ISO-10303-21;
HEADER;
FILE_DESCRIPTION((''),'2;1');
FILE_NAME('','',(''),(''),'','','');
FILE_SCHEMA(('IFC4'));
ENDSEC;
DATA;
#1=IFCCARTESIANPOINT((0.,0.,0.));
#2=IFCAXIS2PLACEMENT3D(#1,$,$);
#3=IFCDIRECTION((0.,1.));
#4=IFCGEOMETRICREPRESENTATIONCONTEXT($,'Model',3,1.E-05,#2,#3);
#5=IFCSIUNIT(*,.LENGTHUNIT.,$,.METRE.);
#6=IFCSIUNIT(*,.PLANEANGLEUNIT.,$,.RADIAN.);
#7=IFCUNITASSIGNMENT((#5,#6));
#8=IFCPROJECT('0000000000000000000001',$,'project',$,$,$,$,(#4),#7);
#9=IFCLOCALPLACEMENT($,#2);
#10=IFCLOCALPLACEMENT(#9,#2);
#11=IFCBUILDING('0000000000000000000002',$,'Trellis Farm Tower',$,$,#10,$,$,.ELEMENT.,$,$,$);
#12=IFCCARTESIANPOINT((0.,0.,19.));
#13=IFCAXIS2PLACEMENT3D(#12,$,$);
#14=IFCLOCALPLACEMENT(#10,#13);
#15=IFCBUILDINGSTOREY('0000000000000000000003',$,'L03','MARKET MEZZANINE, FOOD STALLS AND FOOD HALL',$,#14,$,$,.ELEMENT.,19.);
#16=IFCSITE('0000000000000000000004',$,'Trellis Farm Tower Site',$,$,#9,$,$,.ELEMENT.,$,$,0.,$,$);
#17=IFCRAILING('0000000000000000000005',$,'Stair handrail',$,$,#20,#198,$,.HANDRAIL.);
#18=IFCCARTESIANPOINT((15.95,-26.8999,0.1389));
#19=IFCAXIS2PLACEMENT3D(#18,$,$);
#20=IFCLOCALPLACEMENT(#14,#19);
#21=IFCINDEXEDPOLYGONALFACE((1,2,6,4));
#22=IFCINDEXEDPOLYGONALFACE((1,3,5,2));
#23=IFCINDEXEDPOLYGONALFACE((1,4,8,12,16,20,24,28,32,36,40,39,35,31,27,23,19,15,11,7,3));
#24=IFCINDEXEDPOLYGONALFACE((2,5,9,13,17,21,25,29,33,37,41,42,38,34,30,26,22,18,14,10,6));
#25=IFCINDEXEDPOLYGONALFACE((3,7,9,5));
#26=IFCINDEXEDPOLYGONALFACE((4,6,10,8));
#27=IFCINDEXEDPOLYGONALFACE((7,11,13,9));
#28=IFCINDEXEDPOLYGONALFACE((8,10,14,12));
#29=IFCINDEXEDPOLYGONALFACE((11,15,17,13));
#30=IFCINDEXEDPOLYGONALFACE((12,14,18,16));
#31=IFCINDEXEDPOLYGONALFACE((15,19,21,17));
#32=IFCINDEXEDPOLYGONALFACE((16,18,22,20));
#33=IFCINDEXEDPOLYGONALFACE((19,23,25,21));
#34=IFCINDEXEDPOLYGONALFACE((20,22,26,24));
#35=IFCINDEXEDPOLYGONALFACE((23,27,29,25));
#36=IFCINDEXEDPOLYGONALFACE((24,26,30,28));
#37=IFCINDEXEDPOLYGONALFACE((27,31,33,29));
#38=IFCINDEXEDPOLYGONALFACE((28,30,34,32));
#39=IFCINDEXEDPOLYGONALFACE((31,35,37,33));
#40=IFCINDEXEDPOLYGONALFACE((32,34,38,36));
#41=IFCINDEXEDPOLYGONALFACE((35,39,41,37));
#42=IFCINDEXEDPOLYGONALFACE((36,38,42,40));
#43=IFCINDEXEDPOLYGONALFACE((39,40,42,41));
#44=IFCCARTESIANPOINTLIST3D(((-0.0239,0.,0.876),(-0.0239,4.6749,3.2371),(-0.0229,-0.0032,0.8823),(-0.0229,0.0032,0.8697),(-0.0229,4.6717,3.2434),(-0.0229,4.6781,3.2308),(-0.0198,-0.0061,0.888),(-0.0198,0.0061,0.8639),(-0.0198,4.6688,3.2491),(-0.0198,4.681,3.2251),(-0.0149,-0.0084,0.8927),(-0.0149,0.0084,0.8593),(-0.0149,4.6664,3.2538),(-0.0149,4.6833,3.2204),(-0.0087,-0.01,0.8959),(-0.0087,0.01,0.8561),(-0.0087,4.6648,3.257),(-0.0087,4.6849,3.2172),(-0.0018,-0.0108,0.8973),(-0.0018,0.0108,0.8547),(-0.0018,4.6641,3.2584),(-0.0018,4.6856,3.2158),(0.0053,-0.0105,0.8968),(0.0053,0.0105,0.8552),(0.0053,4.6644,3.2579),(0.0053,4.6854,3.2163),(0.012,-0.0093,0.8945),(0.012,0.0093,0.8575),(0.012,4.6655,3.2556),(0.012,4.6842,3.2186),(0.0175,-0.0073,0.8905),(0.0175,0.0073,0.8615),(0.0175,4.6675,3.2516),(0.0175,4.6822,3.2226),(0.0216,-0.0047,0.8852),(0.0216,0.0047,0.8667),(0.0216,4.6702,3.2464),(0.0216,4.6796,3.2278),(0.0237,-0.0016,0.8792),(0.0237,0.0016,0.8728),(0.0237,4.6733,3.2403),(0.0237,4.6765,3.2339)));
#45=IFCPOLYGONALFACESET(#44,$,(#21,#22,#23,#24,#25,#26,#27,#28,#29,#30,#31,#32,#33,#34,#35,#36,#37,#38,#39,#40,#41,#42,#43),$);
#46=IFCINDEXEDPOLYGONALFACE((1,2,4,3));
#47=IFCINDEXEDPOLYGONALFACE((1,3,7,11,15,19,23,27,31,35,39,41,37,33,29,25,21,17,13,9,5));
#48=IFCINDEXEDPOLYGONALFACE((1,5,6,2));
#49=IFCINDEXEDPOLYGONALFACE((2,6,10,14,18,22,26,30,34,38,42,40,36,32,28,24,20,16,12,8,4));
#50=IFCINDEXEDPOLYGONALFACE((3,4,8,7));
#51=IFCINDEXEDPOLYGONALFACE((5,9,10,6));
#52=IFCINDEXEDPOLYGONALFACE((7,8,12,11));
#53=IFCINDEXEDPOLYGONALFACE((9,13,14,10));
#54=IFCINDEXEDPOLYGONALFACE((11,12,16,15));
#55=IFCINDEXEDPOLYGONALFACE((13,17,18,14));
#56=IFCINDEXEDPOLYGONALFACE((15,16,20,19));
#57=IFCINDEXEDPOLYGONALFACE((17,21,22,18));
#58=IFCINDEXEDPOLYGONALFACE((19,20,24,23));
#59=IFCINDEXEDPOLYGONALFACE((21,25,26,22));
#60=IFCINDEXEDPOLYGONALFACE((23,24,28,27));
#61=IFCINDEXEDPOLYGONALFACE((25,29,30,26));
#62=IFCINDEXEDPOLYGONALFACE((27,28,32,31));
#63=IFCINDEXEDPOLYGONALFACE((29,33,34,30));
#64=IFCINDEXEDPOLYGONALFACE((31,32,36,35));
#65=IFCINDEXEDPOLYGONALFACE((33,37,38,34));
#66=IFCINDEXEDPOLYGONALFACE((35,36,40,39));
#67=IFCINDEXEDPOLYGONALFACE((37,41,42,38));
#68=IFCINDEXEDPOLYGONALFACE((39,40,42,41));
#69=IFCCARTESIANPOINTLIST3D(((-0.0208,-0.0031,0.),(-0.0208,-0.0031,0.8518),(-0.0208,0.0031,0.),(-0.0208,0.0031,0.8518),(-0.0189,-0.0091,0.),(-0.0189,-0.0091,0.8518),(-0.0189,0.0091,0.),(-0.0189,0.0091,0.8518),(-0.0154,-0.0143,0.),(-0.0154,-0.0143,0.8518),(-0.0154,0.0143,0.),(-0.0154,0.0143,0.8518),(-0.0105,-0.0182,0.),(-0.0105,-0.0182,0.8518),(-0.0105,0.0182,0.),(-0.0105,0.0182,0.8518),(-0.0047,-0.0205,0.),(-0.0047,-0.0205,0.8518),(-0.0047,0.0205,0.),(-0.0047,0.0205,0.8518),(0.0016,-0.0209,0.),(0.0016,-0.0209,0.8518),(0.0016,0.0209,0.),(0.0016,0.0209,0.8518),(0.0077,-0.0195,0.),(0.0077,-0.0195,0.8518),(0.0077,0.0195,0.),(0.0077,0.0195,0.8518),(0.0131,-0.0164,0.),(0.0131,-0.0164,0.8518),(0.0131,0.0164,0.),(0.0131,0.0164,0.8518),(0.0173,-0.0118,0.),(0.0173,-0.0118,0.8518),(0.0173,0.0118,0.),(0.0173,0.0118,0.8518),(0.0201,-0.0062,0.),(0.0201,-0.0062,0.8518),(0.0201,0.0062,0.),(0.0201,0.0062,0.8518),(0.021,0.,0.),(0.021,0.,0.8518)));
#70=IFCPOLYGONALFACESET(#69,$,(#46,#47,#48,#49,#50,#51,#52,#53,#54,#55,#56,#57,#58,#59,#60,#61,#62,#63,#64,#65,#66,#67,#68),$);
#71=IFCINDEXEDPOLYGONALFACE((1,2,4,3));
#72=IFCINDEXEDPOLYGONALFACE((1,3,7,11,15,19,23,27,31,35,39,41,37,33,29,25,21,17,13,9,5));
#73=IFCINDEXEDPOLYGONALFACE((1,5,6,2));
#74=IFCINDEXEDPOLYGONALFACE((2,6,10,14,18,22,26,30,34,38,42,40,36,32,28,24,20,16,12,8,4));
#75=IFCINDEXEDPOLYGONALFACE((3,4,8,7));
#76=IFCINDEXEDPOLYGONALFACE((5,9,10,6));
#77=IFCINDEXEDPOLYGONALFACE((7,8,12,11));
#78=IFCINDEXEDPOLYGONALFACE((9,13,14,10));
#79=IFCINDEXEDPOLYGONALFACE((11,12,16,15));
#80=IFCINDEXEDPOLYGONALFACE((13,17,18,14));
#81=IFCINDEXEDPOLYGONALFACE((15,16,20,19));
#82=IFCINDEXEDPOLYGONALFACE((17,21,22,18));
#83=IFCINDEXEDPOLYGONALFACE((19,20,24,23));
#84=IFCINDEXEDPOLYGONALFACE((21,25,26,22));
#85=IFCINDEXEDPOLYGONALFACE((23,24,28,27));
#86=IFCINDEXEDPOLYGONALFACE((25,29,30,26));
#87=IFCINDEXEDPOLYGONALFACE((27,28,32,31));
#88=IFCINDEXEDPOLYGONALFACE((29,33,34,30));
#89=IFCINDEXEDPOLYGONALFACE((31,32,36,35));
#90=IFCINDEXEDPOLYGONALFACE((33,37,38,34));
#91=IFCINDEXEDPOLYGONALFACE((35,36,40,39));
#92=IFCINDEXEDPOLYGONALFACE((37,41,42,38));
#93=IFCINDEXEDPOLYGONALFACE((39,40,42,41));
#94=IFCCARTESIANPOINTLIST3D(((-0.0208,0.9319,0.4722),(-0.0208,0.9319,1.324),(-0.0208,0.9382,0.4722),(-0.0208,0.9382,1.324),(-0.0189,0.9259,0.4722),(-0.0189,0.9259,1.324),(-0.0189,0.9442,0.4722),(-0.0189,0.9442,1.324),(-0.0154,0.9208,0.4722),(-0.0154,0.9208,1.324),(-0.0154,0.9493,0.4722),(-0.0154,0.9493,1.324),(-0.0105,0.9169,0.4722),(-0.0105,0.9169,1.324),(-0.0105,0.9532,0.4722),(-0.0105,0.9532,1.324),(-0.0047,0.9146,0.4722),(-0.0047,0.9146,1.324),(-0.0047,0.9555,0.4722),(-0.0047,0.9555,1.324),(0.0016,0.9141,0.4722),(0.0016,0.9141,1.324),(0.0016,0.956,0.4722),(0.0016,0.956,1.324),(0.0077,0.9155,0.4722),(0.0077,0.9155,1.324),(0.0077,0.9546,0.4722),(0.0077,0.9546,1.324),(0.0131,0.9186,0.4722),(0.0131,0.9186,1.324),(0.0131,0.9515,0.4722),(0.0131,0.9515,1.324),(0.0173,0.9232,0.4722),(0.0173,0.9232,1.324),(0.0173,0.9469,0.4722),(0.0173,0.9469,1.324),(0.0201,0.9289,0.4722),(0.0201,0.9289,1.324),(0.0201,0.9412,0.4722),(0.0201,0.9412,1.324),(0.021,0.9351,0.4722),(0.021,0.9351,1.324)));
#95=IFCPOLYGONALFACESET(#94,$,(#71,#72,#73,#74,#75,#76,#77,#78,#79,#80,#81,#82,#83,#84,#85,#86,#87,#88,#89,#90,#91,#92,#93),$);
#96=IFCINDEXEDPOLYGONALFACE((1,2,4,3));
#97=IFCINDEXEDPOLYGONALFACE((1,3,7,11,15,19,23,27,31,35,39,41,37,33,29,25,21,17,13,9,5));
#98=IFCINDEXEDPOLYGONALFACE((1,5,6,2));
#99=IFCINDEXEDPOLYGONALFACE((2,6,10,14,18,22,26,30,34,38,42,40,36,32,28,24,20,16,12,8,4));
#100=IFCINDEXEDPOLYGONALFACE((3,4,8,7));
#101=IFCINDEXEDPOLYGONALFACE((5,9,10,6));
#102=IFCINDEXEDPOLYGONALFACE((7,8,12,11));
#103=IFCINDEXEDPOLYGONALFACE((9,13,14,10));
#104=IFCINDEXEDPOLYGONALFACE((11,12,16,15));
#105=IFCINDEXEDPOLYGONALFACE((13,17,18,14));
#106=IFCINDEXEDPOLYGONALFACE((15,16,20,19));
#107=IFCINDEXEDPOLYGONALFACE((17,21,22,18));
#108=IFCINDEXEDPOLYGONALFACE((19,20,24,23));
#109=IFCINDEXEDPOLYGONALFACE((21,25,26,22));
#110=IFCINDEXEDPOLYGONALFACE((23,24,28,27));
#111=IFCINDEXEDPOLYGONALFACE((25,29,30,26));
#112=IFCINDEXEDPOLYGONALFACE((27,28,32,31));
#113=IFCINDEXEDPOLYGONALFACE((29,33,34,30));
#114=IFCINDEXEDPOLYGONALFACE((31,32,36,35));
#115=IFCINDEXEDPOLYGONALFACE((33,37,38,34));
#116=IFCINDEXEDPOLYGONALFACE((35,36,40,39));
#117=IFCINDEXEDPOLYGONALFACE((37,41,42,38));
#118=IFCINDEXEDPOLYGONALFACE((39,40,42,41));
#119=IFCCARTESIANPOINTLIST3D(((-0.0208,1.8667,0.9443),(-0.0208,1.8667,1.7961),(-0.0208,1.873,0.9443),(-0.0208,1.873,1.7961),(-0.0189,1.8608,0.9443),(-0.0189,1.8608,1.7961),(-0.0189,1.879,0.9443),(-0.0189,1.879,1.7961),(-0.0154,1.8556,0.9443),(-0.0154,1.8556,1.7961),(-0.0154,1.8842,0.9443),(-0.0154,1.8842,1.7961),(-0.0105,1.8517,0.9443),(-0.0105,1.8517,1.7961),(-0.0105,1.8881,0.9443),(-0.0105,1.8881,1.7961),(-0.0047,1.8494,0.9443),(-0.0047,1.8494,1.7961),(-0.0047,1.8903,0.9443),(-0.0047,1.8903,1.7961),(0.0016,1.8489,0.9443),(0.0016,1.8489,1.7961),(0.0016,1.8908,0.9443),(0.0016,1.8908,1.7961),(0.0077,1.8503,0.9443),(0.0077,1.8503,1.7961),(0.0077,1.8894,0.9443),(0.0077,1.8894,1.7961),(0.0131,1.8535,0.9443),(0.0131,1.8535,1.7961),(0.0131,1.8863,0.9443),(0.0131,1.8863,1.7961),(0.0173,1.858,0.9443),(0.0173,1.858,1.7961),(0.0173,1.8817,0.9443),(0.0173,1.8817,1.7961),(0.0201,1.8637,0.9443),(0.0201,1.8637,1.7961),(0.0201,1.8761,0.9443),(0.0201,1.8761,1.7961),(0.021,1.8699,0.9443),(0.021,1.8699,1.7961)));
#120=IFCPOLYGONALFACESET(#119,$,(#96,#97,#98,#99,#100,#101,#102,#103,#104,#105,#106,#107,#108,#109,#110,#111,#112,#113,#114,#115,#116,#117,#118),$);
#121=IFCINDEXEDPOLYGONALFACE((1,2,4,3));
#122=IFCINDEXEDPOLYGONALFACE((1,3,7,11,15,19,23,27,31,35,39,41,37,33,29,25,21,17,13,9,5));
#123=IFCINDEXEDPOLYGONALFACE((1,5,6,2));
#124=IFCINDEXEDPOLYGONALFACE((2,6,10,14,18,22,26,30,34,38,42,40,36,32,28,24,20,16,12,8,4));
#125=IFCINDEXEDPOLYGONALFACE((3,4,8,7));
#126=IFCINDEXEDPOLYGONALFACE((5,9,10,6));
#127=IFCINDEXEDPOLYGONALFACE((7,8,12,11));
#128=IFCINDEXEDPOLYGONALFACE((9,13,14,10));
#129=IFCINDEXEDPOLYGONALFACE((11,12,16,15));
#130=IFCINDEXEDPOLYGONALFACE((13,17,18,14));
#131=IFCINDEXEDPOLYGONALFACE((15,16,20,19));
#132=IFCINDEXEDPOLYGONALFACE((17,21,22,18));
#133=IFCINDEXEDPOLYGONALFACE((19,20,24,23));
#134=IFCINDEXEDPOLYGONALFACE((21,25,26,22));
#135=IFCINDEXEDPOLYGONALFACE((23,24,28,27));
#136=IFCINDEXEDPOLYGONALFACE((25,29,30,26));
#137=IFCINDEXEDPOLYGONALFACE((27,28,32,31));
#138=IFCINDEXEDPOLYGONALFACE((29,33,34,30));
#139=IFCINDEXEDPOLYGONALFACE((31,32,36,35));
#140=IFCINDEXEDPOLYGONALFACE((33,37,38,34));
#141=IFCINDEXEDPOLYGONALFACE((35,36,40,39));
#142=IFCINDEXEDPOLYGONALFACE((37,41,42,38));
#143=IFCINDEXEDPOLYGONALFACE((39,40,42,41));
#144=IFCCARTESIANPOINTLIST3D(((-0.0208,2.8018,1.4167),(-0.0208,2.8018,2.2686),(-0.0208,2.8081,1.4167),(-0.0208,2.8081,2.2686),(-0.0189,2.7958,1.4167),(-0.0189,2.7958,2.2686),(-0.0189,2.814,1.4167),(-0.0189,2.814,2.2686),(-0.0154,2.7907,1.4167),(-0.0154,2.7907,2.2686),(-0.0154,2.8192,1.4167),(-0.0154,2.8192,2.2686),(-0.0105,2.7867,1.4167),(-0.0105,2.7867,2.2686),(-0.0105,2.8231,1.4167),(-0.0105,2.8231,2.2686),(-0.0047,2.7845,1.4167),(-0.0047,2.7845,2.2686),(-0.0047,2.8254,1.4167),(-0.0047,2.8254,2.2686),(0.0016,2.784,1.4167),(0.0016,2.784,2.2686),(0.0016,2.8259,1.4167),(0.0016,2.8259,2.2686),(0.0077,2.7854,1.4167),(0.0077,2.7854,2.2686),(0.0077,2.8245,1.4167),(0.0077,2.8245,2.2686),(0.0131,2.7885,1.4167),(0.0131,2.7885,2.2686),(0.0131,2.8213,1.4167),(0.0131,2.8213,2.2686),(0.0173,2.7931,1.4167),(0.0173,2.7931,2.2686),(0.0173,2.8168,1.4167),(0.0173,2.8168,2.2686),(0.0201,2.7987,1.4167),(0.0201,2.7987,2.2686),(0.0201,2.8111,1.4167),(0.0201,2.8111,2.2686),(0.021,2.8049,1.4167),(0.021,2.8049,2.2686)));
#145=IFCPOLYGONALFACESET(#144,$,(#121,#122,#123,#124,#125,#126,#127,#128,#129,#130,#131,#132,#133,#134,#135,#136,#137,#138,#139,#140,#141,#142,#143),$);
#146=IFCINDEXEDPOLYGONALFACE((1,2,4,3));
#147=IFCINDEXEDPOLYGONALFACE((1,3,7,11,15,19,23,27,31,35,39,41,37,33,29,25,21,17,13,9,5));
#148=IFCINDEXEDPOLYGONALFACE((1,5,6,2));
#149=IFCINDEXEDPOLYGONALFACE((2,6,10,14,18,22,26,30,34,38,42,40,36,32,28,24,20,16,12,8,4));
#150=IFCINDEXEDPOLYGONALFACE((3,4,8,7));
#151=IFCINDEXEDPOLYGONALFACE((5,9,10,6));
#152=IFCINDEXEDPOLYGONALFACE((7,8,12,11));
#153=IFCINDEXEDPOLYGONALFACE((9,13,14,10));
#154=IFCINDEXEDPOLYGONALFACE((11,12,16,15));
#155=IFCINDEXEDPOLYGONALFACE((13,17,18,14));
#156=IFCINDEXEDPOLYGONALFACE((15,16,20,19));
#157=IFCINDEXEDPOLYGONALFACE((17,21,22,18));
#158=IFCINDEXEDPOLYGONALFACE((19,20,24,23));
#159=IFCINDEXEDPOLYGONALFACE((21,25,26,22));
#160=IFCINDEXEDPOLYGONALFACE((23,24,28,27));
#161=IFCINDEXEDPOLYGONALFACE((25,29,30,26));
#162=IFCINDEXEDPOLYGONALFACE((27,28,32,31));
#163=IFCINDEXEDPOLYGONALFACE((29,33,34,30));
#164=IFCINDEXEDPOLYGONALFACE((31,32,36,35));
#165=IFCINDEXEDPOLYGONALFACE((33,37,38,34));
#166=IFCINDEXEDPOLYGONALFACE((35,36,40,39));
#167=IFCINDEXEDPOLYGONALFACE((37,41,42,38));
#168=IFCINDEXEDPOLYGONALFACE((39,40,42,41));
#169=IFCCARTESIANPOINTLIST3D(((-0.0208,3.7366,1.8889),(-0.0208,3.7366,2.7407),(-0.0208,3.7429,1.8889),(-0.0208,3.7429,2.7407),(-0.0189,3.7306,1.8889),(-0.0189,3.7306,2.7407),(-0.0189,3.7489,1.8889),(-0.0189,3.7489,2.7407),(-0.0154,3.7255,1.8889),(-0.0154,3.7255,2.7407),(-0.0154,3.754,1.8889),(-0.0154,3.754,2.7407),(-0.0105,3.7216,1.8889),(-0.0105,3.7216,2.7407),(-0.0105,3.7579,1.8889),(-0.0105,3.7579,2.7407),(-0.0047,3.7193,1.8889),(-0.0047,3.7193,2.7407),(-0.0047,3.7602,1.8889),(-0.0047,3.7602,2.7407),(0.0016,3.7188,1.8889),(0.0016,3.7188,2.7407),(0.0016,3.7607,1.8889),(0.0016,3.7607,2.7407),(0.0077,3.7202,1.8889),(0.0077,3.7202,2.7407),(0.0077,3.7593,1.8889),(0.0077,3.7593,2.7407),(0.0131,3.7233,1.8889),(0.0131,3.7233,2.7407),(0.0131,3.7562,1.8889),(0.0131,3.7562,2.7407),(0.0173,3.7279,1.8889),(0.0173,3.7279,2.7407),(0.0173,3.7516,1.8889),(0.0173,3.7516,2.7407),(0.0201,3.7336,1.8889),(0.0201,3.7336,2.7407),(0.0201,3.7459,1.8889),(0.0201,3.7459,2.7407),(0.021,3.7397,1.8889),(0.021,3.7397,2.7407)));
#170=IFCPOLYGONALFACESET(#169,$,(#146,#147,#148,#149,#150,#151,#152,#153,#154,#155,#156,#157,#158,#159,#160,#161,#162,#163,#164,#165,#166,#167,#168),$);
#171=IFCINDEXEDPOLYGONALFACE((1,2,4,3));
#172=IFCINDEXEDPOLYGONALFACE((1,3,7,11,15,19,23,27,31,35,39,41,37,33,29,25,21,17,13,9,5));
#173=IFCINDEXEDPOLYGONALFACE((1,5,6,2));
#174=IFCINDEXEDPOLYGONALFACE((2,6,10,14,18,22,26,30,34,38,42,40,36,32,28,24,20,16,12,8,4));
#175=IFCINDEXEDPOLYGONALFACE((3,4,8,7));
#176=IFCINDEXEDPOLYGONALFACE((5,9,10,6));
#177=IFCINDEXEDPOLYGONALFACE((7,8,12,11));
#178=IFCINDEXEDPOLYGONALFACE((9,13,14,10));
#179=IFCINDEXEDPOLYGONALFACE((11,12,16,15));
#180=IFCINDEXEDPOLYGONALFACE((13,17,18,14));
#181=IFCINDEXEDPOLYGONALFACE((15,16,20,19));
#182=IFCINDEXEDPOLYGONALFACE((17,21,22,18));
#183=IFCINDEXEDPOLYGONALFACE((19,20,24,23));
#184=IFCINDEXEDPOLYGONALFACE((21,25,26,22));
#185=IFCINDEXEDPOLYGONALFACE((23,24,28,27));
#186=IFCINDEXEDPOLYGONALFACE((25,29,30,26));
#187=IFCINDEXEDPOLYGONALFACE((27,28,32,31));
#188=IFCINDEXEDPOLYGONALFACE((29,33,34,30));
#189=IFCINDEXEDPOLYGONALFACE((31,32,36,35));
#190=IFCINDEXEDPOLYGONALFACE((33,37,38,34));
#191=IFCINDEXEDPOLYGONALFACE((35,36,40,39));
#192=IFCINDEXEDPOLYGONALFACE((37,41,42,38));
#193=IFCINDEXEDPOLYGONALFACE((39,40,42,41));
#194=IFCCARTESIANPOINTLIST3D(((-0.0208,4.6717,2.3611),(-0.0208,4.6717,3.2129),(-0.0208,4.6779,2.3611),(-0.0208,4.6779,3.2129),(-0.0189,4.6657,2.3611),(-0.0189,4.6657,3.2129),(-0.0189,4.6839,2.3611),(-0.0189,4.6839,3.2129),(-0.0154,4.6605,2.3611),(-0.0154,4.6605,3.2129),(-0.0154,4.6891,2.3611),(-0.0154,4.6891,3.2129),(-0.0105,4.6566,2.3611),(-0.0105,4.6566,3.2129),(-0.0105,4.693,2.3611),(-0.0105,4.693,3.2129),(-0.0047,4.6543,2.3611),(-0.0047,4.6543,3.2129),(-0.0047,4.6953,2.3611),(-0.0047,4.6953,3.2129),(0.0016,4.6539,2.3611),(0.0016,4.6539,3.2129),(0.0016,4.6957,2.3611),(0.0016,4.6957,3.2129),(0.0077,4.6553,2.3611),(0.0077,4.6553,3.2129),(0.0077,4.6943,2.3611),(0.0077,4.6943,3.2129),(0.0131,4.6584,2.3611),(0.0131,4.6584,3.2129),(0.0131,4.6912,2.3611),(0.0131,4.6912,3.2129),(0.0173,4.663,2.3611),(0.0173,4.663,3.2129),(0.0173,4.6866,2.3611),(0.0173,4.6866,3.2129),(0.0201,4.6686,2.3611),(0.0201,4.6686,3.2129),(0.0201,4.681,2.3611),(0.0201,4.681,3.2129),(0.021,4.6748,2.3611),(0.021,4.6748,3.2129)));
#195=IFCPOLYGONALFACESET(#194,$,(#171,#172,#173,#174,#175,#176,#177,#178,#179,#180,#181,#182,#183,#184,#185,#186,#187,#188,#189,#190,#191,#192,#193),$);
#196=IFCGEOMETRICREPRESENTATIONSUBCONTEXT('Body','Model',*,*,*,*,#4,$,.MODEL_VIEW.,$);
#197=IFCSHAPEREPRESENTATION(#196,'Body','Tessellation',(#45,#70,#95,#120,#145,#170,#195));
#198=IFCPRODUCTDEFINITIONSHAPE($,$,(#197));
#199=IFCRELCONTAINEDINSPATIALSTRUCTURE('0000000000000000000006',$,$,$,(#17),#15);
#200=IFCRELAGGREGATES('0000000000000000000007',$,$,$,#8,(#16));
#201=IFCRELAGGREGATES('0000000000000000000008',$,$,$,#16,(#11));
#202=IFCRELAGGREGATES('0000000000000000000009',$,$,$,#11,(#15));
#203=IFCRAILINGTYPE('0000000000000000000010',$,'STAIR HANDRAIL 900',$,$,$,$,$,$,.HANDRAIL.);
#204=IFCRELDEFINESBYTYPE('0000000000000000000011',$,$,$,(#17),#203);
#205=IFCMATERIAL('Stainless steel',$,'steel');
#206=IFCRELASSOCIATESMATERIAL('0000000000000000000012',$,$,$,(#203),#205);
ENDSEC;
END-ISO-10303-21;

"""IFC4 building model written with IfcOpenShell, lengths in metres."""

from ifc_helpers import new_model, si_unit, direction, frame, origin, origin_2d, place, context, subcontext, project, spatial, circle, extrude, source, transform, mapped, material, type_object, element, save


model = new_model("IFC4")

# Units and contexts
model_context = context("Model", 3, precision=1e-05, world=origin(), true_north=direction((0.0, 1.0)))
body_context = subcontext(model_context, "Body", "Model", "MODEL_VIEW")
ifc_project = project(units=[si_unit("LENGTHUNIT", "METRE"), si_unit("PLANEANGLEUNIT", "RADIAN")], contexts=[model_context])

# Site, building, storey
site_placement = place(None, origin())
site = spatial("IfcSite", under=ifc_project, at=site_placement, Name="Trellis Farm Tower Site", CompositionType="ELEMENT", RefElevation=0.0)
building_placement = place(site_placement, origin())
building = spatial("IfcBuilding", under=site, at=building_placement, Name="Trellis Farm Tower", CompositionType="ELEMENT")
storey_placement = place(building_placement, frame((0.0, 0.0, 19.0)))
storey = spatial("IfcBuildingStorey", under=building, at=storey_placement, Name="L03", Description="MARKET MEZZANINE, FOOD STALLS AND FOOD HALL", CompositionType="ELEMENT", Elevation=19.0)

# Railing
ifc_material_1 = material(Name="Stainless steel", Category="steel")
railing_type = type_object("IfcRailingType", Name="STAIR HANDRAIL 900", PredefinedType="HANDRAIL", material=ifc_material_1)
shared_shape_1 = source(origin(), body_context, "Body", "SweptSolid", [
    extrude(circle(Radius=0.0239, at=origin_2d()), frame((0.0, 0.0, 0.876), z_axis=(0.0, 0.892611, 0.450827), x_axis=(-1.0, 0.0, 0.0)), (0.0, 0.0, 1.0), 5.2373),
    extrude(circle(Radius=0.021, at=origin_2d()), origin(), (0.0, 0.0, 1.0), 0.8518),
    extrude(circle(Radius=0.021, at=origin_2d()), frame((0.0, 0.9351, 0.4722)), (0.0, 0.0, 1.0), 0.8518),
    extrude(circle(Radius=0.021, at=origin_2d()), frame((0.0, 1.8699, 0.9443)), (0.0, 0.0, 1.0), 0.8518),
    extrude(circle(Radius=0.021, at=origin_2d()), frame((0.0, 2.8049, 1.4167)), (0.0, 0.0, 1.0), 0.8518),
    extrude(circle(Radius=0.021, at=origin_2d()), frame((0.0, 3.7397, 1.8889)), (0.0, 0.0, 1.0), 0.8518),
    extrude(circle(Radius=0.021, at=origin_2d()), frame((0.0, 4.6748, 2.3611)), (0.0, 0.0, 1.0), 0.8518),
])
for number, where, name in (
    (1, (15.95, -26.8999, 0.1389), "Stair handrail"),
):
    element("IfcRailing", number, at=place(storey_placement, frame(where)), inside=storey, type_object=railing_type, Name=name, PredefinedType="HANDRAIL", context=body_context, shape_type="MappedRepresentation", body=[
        mapped(shared_shape_1, transform((0.0, 0.0, 0.0))),
    ])

save(model, "model.ifc")
